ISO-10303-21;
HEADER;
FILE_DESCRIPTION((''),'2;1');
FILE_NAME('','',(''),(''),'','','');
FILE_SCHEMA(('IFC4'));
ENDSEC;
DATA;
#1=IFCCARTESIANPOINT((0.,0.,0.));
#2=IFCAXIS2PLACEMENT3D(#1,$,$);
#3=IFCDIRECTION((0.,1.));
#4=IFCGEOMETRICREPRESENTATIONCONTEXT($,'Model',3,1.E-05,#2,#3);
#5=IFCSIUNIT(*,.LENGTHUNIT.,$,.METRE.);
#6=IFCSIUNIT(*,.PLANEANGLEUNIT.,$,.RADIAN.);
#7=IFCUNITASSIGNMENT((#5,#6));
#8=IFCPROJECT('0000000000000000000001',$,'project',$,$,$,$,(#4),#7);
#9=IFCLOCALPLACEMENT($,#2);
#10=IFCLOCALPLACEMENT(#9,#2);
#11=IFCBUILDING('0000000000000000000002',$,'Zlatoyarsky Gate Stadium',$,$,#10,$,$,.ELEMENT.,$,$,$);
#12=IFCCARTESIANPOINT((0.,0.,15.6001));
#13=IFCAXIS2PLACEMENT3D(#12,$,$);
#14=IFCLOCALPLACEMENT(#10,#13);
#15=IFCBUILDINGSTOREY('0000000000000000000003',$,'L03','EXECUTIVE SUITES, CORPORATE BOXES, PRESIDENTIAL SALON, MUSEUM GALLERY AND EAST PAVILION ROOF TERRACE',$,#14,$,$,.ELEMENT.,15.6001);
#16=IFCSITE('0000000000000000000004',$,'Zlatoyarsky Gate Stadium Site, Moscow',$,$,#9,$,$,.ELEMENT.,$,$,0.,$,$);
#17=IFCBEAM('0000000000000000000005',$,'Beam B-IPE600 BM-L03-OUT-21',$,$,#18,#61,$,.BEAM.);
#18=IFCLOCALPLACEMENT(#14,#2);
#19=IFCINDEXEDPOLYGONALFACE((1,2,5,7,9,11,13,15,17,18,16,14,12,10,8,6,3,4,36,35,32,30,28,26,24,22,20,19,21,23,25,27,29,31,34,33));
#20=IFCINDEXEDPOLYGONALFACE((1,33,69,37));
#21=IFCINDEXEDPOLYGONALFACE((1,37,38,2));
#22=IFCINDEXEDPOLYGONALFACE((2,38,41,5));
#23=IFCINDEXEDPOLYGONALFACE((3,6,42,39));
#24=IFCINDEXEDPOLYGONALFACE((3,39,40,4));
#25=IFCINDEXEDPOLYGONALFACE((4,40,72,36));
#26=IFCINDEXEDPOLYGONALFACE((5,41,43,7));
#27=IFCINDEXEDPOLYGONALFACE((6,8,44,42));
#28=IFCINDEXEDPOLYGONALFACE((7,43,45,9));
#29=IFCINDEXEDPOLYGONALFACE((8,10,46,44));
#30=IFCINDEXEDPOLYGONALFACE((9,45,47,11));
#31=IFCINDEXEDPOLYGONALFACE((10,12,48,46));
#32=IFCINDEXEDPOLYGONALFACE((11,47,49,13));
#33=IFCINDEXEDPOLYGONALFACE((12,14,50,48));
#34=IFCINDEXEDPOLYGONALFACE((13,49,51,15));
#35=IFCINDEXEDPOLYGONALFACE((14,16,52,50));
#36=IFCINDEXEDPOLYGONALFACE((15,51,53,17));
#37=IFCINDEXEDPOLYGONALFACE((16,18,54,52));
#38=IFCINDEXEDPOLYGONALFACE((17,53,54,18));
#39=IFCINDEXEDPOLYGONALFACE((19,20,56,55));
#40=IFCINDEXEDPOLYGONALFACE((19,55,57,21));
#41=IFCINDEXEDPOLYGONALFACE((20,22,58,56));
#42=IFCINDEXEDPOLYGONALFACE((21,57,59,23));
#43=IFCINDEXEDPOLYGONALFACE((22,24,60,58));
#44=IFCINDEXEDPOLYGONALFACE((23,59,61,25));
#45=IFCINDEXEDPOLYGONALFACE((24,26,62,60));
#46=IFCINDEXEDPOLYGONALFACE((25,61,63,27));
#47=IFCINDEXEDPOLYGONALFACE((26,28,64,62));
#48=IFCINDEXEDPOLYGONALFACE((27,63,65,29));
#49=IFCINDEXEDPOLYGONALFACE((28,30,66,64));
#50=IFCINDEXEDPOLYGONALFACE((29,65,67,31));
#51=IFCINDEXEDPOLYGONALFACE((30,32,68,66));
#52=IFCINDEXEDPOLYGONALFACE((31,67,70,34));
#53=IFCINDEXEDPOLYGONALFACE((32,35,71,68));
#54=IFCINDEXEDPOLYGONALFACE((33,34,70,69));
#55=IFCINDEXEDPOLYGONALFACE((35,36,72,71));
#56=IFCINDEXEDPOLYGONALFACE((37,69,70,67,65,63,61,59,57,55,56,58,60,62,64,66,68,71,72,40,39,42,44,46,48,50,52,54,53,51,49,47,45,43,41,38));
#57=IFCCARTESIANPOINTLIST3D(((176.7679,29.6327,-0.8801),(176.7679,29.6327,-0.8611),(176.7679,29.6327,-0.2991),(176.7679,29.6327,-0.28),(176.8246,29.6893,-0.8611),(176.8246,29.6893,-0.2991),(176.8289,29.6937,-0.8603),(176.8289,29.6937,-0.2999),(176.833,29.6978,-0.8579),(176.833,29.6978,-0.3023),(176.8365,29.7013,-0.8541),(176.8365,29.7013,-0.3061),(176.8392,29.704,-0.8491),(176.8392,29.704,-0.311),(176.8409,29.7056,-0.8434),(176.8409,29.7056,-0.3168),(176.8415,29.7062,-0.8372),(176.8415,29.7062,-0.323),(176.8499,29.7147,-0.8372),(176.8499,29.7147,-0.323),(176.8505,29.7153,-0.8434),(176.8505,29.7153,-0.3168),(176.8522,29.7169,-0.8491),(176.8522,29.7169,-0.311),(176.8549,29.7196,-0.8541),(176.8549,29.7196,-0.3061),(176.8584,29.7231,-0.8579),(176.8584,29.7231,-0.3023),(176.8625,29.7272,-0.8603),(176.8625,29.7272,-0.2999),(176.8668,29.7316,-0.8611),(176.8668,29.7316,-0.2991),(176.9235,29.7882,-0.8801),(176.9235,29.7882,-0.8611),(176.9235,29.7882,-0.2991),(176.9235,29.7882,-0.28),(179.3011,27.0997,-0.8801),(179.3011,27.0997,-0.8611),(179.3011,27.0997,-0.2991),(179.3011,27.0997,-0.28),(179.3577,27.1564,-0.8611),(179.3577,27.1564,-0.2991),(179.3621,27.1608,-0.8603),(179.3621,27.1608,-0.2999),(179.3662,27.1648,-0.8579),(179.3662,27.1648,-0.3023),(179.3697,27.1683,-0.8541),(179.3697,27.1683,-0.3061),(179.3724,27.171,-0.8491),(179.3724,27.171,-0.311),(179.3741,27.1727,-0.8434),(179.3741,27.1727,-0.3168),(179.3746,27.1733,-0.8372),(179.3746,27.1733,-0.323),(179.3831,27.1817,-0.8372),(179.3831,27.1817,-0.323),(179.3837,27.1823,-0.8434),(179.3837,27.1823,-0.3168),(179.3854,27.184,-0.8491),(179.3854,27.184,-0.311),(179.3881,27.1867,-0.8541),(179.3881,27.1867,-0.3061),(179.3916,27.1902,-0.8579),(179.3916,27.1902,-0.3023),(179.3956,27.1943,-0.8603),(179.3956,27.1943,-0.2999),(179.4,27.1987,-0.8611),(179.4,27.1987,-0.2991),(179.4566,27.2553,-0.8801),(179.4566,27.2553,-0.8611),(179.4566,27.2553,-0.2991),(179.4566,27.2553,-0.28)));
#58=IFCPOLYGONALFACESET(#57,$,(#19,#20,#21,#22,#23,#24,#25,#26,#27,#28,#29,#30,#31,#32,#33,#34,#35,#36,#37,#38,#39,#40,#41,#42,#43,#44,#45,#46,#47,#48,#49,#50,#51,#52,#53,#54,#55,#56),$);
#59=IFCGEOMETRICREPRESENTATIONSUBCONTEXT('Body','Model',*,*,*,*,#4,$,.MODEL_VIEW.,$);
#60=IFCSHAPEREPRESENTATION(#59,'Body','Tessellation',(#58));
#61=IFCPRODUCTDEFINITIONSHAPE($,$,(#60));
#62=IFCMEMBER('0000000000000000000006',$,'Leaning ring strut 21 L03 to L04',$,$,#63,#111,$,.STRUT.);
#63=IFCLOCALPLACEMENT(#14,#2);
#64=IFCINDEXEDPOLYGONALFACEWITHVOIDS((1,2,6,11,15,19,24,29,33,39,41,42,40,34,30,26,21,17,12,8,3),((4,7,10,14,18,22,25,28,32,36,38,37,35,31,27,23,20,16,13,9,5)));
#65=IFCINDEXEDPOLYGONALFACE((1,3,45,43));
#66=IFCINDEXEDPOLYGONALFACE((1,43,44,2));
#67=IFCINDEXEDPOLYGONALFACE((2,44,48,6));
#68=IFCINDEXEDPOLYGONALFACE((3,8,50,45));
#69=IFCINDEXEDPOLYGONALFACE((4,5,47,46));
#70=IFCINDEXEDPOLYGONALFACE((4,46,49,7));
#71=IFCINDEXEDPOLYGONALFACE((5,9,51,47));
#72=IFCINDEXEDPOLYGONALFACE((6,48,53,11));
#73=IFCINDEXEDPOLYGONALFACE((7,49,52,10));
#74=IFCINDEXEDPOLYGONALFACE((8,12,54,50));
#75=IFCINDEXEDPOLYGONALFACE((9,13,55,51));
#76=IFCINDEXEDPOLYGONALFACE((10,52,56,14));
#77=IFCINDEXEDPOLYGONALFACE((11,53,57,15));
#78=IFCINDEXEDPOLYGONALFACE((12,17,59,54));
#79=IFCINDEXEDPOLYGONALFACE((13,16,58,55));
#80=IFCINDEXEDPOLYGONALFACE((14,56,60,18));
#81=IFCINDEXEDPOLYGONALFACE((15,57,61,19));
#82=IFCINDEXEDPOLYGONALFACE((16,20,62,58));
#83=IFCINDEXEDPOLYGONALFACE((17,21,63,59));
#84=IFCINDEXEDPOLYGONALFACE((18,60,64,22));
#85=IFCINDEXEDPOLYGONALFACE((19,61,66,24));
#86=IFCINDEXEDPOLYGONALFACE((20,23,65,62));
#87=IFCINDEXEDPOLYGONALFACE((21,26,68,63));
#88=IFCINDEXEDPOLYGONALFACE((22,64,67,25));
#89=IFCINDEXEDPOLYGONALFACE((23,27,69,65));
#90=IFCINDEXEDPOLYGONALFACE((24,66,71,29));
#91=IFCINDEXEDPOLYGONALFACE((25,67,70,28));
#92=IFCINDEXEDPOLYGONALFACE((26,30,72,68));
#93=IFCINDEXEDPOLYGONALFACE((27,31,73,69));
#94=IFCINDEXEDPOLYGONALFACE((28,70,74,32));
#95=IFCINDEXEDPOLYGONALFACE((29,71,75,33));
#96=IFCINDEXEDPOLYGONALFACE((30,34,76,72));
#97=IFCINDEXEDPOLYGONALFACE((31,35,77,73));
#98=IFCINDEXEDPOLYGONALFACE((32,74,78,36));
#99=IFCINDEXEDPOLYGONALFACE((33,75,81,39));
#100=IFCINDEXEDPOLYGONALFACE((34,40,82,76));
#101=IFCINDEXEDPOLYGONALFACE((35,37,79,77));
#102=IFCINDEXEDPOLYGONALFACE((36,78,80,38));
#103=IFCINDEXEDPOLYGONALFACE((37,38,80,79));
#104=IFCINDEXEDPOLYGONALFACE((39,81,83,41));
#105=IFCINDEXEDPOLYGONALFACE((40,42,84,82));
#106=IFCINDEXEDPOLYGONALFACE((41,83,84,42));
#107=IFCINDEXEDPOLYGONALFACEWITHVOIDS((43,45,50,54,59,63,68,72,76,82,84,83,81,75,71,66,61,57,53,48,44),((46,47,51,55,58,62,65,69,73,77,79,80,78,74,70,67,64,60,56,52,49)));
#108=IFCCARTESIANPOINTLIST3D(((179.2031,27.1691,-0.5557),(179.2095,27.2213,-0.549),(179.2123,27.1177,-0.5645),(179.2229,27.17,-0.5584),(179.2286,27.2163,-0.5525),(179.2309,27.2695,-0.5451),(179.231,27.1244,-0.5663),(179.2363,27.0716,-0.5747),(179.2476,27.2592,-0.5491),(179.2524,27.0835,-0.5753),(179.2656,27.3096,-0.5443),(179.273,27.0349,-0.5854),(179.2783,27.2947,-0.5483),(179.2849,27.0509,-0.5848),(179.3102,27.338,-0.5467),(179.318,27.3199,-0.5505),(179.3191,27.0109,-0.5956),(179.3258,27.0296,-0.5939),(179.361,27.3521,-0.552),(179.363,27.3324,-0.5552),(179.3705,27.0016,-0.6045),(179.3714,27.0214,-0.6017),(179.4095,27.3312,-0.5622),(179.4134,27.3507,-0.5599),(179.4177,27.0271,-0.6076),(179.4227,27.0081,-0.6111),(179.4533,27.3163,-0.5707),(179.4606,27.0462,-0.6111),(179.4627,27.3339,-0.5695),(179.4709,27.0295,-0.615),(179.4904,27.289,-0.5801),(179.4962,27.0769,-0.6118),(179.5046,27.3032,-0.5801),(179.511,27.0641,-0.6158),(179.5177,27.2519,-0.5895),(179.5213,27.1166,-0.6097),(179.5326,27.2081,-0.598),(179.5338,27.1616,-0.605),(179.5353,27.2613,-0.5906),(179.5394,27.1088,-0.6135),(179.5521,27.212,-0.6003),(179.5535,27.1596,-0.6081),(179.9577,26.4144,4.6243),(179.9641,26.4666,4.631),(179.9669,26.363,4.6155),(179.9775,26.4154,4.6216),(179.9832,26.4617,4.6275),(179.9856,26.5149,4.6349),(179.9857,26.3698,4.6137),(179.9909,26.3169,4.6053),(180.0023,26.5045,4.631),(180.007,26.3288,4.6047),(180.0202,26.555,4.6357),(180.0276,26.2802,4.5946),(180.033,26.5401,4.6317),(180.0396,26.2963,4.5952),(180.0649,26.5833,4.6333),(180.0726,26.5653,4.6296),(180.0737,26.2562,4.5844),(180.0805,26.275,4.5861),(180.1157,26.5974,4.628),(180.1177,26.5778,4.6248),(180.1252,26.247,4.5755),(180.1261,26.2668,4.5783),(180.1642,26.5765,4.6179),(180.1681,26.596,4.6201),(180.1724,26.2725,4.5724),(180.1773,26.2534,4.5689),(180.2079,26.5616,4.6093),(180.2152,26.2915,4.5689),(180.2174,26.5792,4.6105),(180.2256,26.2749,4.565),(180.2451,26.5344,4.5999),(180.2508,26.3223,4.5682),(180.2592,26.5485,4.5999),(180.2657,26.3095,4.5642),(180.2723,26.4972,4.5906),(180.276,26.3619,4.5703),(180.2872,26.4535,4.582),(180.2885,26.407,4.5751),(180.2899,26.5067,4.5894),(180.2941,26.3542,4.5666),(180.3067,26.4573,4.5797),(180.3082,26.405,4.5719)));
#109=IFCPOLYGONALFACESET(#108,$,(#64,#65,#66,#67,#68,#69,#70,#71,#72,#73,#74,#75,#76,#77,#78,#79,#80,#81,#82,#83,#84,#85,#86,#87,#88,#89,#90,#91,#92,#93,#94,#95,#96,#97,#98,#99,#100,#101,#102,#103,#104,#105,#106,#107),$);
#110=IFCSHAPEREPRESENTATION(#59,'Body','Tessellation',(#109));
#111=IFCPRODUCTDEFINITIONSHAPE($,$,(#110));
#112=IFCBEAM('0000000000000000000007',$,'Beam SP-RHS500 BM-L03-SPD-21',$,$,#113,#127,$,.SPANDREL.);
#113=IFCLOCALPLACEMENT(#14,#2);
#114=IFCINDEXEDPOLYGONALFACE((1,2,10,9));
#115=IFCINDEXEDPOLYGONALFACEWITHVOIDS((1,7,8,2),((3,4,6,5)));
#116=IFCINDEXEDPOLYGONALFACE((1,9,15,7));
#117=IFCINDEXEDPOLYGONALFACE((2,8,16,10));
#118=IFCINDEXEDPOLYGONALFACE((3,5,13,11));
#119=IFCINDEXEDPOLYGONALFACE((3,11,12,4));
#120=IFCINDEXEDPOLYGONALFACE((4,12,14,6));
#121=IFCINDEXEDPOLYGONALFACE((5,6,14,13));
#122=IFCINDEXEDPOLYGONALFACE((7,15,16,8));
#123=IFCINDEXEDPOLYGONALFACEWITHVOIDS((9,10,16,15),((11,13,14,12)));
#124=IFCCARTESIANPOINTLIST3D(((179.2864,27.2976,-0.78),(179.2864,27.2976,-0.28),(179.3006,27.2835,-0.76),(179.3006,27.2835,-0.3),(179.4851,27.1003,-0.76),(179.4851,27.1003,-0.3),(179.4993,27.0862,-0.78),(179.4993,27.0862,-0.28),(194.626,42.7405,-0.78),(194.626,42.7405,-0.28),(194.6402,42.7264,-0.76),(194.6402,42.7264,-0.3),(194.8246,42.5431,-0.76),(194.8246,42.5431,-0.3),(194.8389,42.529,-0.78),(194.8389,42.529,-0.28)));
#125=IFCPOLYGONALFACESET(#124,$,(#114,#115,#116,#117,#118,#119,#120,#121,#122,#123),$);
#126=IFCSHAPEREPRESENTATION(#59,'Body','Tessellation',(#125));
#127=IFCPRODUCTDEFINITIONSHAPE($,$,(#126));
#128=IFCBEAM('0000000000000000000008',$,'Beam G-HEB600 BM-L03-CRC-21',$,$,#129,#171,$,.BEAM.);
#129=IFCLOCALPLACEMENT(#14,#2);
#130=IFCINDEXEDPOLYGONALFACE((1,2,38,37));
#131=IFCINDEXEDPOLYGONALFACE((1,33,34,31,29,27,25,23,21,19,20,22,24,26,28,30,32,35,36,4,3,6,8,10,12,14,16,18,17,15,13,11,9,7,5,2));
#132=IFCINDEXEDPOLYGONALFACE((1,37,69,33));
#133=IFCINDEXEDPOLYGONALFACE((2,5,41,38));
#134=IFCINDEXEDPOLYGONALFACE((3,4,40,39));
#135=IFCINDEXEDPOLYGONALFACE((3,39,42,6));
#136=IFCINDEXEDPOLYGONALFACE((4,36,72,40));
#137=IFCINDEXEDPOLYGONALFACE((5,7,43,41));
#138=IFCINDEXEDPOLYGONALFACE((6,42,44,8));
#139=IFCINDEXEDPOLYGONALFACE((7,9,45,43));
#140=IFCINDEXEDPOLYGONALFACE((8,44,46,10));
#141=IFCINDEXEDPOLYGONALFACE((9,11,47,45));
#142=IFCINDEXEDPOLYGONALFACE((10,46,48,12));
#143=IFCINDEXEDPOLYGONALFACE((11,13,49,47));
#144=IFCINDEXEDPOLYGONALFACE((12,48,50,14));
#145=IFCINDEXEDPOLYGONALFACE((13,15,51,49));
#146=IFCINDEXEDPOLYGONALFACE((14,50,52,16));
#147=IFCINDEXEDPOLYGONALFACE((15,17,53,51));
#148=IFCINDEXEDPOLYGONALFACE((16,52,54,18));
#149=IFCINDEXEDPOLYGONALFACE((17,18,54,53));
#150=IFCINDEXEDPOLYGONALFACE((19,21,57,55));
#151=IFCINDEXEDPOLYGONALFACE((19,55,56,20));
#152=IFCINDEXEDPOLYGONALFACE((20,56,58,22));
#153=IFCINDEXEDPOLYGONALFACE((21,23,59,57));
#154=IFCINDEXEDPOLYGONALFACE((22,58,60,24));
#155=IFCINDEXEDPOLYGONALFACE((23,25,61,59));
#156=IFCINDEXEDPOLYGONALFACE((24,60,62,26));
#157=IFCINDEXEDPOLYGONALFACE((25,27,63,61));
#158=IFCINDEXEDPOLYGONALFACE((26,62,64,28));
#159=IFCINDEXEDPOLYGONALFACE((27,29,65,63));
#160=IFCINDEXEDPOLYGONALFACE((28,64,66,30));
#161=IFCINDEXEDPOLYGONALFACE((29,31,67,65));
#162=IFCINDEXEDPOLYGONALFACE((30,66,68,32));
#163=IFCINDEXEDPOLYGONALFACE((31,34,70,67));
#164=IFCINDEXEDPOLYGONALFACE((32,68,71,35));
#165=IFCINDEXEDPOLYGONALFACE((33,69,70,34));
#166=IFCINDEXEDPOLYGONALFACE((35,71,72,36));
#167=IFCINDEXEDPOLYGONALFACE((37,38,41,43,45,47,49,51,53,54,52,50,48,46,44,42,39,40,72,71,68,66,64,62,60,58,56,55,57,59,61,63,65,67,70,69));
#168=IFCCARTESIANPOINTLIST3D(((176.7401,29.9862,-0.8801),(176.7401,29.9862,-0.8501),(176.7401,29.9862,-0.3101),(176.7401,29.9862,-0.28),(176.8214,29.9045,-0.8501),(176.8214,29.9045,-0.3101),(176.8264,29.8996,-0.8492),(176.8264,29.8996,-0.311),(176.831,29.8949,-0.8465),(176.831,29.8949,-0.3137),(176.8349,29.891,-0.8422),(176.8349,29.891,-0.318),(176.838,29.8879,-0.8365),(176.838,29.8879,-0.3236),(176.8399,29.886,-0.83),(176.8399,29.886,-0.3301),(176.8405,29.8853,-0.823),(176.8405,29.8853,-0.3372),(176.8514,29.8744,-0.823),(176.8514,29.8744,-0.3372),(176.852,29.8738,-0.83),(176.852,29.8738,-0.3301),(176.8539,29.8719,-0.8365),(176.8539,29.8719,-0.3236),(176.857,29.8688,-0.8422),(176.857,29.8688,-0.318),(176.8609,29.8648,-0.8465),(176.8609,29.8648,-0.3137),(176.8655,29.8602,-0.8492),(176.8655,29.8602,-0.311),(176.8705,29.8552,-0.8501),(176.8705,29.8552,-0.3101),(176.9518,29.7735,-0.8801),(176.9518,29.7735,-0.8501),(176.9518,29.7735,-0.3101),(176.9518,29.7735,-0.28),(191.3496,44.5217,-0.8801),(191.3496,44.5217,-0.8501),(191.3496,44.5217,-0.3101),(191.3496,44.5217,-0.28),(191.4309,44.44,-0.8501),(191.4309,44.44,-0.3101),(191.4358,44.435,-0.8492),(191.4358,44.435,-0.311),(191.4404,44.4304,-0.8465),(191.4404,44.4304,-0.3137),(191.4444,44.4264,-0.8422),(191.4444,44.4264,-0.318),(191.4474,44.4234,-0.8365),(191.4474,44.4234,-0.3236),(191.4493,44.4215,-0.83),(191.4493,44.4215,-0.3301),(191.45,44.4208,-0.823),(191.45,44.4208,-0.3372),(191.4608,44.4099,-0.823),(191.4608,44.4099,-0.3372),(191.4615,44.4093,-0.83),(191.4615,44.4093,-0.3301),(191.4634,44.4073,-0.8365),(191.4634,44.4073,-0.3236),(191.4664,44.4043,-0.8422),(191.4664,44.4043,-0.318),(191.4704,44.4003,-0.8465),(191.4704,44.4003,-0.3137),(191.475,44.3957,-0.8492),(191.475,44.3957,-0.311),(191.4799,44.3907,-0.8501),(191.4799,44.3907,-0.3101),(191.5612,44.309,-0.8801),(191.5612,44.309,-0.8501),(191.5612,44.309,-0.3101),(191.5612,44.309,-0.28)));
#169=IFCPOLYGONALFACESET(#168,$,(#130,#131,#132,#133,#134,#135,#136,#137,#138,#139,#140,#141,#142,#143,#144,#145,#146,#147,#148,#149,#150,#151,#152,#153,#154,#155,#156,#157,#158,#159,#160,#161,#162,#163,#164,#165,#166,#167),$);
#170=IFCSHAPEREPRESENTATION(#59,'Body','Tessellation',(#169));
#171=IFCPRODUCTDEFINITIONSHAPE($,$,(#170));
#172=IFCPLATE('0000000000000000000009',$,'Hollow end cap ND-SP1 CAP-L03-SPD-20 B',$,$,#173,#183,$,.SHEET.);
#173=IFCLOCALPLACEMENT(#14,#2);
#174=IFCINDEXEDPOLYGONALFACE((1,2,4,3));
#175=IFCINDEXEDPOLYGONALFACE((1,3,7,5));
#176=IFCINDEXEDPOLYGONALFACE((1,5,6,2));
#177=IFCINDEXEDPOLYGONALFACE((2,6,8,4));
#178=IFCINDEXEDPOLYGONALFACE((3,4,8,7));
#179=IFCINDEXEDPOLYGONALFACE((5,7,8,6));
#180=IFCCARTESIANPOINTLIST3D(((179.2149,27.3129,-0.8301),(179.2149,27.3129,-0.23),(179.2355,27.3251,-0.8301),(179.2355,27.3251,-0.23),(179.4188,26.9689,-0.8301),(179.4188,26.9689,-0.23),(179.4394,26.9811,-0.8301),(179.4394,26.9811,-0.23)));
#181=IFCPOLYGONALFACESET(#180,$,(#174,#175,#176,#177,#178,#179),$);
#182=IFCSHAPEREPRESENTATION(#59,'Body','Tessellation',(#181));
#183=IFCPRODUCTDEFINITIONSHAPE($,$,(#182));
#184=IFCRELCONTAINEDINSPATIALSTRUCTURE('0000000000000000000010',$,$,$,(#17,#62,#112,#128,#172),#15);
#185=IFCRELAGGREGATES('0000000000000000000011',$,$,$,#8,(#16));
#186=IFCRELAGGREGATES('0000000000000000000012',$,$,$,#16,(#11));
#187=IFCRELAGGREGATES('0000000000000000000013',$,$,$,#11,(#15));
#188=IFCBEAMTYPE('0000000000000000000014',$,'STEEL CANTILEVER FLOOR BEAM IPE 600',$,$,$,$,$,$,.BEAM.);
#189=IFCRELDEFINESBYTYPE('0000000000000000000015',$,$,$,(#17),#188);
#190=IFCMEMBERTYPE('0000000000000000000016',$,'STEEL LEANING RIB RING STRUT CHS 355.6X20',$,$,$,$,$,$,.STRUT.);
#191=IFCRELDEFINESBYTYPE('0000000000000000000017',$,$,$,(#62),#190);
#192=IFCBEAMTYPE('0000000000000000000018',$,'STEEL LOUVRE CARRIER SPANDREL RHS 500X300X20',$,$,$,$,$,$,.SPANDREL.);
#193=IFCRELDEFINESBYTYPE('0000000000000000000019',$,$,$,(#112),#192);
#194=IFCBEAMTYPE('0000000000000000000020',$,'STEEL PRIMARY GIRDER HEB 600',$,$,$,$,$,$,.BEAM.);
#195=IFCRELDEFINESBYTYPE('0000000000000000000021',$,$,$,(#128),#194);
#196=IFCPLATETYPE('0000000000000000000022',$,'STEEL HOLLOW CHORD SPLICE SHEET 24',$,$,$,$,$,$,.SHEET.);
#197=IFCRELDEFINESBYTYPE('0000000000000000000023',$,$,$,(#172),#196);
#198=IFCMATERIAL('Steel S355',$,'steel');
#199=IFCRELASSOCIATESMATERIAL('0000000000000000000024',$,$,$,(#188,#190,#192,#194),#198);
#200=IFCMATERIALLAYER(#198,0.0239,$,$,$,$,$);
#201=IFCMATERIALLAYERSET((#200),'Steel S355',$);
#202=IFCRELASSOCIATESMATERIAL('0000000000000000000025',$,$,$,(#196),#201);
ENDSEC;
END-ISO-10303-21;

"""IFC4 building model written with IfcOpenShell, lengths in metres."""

from ifc_helpers import new_model, si_unit, direction, frame, origin, origin_2d, place, context, subcontext, project, spatial, rectangle, hollow_rectangle, hollow_circle, i_section, extrude, material, layer, layer_set, material_profile, profile_set, type_object, element, save


model = new_model("IFC4")

# Units and contexts
model_context = context("Model", 3, precision=1e-05, world=origin(), true_north=direction((0.0, 1.0)))
body_context = subcontext(model_context, "Body", "Model", "MODEL_VIEW")
ifc_project = project(units=[si_unit("LENGTHUNIT", "METRE"), si_unit("PLANEANGLEUNIT", "RADIAN")], contexts=[model_context])

# Site, building, storey
site_placement = place(None, origin())
site = spatial("IfcSite", under=ifc_project, at=site_placement, Name="Zlatoyarsky Gate Stadium Site, Moscow", CompositionType="ELEMENT", RefElevation=0.0)
building_placement = place(site_placement, origin())
building = spatial("IfcBuilding", under=site, at=building_placement, Name="Zlatoyarsky Gate Stadium", CompositionType="ELEMENT")
storey_placement = place(building_placement, frame((0.0, 0.0, 15.6001)))
storey = spatial("IfcBuildingStorey", under=building, at=storey_placement, Name="L03", Description="EXECUTIVE SUITES, CORPORATE BOXES, PRESIDENTIAL SALON, MUSEUM GALLERY AND EAST PAVILION ROOF TERRACE", CompositionType="ELEMENT", Elevation=15.6001)

# Shared definitions
ifc_material_1 = material(Name="Steel S355", Category="steel")

# Beam
ifc_material_profile_1 = material_profile(ifc_material_1, i_section(OverallWidth=0.22, OverallDepth=0.6001, WebThickness=0.012, FlangeThickness=0.019, FilletRadius=0.0239, at=origin_2d()), Name="IPE 600")
ifc_profile_set_1 = profile_set([ifc_material_profile_1], Name="Steel S355")
beam_type_1 = type_object("IfcBeamType", Name="STEEL CANTILEVER FLOOR BEAM IPE 600", PredefinedType="BEAM", material=ifc_profile_set_1)
beam_1_placement = place(storey_placement, frame((176.8457, 29.7104, -0.5801), z_axis=(0.707141, -0.707073, 0.0), x_axis=(0.707073, 0.707141, 0.0)))
element("IfcBeam", 1, at=beam_1_placement, inside=storey, type_object=beam_type_1, Name="Beam B-IPE600 BM-L03-OUT-21", PredefinedType="BEAM", context=body_context, shape_type="SweptSolid", body=[
    extrude(i_section(OverallWidth=0.22, OverallDepth=0.6001, WebThickness=0.012, FlangeThickness=0.019, FilletRadius=0.0239, at=origin_2d()), origin(), (0.0, 0.0, 1.0), 3.5823),
])

# Member
ifc_material_profile_2 = material_profile(ifc_material_1, hollow_circle(Radius=0.1777, WallThickness=0.02, at=origin_2d()), Name="CHS 355.6X20")
ifc_profile_set_2 = profile_set([ifc_material_profile_2], Name="Steel S355")
member_type_1 = type_object("IfcMemberType", Name="STEEL LEANING RIB RING STRUT CHS 355.6X20", PredefinedType="STRUT", material=ifc_profile_set_2)
member_1_placement = place(storey_placement, frame((179.3789, 27.1775, -0.5801), z_axis=(0.142688, -0.142688, 0.979429), x_axis=(0.707107, 0.707107, 0.0)))
element("IfcMember", 2, at=member_1_placement, inside=storey, type_object=member_type_1, Name="Leaning ring strut 21 L03 to L04", PredefinedType="STRUT", context=body_context, shape_type="SweptSolid", body=[
    extrude(hollow_circle(Radius=0.1777, WallThickness=0.02, at=origin_2d()), origin(), (0.0, 0.0, 1.0), 5.2888),
])

# Beams
ifc_material_profile_3 = material_profile(ifc_material_1, hollow_rectangle(XDim=0.3, YDim=0.5, WallThickness=0.02, at=origin_2d()), Name="RHS 500X300X20")
ifc_profile_set_3 = profile_set([ifc_material_profile_3], Name="Steel S355")
beam_type_2 = type_object("IfcBeamType", Name="STEEL LOUVRE CARRIER SPANDREL RHS 500X300X20", PredefinedType="SPANDREL", material=ifc_profile_set_3)
beam_2_placement = place(storey_placement, frame((179.3928, 27.1919, -0.53), z_axis=(0.704731, 0.709475, 0.0), x_axis=(-0.709475, 0.704731, 0.0)))
element("IfcBeam", 3, at=beam_2_placement, inside=storey, type_object=beam_type_2, Name="Beam SP-RHS500 BM-L03-SPD-21", PredefinedType="SPANDREL", context=body_context, shape_type="SweptSolid", body=[
    extrude(hollow_rectangle(XDim=0.3, YDim=0.5, WallThickness=0.02, at=origin_2d()), origin(), (0.0, 0.0, 1.0), 21.7666),
])
ifc_material_profile_4 = material_profile(ifc_material_1, i_section(OverallWidth=0.3, OverallDepth=0.6001, WebThickness=0.0154, FlangeThickness=0.03, FilletRadius=0.0271, at=origin_2d()), Name="HEB 600")
ifc_profile_set_4 = profile_set([ifc_material_profile_4], Name="Steel S355")
beam_type_3 = type_object("IfcBeamType", Name="STEEL PRIMARY GIRDER HEB 600", PredefinedType="BEAM", material=ifc_profile_set_4)
beam_3_placement = place(storey_placement, frame((176.8459, 29.8799, -0.5801), z_axis=(0.708899, 0.70531, 0.0), x_axis=(-0.70531, 0.708899, 0.0)))
element("IfcBeam", 4, at=beam_3_placement, inside=storey, type_object=beam_type_3, Name="Beam G-HEB600 BM-L03-CRC-21", PredefinedType="BEAM", context=body_context, shape_type="SweptSolid", body=[
    extrude(i_section(OverallWidth=0.3, OverallDepth=0.6001, WebThickness=0.0154, FlangeThickness=0.03, FilletRadius=0.0271, at=origin_2d()), origin(), (0.0, 0.0, 1.0), 20.6086),
])

# Plate
ifc_layer_1 = layer(ifc_material_1, 0.0239)
ifc_layer_set_1 = layer_set([ifc_layer_1], Name="Steel S355")
plate_type_1 = type_object("IfcPlateType", Name="STEEL HOLLOW CHORD SPLICE SHEET 24", PredefinedType="SHEET", material=ifc_layer_set_1)
for number, where, z_axis, x_axis, name in (
    (5, (179.3271, 27.147, -0.8301), (0.0, 0.0, 1.0), (0.860229, 0.509908, 0.0), "Hollow end cap ND-SP1 CAP-L03-SPD-20 B"),
):
    element("IfcPlate", number, at=place(storey_placement, frame(where, z_axis=z_axis, x_axis=x_axis)), inside=storey, type_object=plate_type_1, Name=name, PredefinedType="SHEET", context=body_context, shape_type="SweptSolid", body=[
        extrude(rectangle(XDim=0.0239, YDim=0.3999, at=origin_2d()), origin(), (0.0, 0.0, 1.0), 0.6001),
    ])

save(model, "model.ifc")
